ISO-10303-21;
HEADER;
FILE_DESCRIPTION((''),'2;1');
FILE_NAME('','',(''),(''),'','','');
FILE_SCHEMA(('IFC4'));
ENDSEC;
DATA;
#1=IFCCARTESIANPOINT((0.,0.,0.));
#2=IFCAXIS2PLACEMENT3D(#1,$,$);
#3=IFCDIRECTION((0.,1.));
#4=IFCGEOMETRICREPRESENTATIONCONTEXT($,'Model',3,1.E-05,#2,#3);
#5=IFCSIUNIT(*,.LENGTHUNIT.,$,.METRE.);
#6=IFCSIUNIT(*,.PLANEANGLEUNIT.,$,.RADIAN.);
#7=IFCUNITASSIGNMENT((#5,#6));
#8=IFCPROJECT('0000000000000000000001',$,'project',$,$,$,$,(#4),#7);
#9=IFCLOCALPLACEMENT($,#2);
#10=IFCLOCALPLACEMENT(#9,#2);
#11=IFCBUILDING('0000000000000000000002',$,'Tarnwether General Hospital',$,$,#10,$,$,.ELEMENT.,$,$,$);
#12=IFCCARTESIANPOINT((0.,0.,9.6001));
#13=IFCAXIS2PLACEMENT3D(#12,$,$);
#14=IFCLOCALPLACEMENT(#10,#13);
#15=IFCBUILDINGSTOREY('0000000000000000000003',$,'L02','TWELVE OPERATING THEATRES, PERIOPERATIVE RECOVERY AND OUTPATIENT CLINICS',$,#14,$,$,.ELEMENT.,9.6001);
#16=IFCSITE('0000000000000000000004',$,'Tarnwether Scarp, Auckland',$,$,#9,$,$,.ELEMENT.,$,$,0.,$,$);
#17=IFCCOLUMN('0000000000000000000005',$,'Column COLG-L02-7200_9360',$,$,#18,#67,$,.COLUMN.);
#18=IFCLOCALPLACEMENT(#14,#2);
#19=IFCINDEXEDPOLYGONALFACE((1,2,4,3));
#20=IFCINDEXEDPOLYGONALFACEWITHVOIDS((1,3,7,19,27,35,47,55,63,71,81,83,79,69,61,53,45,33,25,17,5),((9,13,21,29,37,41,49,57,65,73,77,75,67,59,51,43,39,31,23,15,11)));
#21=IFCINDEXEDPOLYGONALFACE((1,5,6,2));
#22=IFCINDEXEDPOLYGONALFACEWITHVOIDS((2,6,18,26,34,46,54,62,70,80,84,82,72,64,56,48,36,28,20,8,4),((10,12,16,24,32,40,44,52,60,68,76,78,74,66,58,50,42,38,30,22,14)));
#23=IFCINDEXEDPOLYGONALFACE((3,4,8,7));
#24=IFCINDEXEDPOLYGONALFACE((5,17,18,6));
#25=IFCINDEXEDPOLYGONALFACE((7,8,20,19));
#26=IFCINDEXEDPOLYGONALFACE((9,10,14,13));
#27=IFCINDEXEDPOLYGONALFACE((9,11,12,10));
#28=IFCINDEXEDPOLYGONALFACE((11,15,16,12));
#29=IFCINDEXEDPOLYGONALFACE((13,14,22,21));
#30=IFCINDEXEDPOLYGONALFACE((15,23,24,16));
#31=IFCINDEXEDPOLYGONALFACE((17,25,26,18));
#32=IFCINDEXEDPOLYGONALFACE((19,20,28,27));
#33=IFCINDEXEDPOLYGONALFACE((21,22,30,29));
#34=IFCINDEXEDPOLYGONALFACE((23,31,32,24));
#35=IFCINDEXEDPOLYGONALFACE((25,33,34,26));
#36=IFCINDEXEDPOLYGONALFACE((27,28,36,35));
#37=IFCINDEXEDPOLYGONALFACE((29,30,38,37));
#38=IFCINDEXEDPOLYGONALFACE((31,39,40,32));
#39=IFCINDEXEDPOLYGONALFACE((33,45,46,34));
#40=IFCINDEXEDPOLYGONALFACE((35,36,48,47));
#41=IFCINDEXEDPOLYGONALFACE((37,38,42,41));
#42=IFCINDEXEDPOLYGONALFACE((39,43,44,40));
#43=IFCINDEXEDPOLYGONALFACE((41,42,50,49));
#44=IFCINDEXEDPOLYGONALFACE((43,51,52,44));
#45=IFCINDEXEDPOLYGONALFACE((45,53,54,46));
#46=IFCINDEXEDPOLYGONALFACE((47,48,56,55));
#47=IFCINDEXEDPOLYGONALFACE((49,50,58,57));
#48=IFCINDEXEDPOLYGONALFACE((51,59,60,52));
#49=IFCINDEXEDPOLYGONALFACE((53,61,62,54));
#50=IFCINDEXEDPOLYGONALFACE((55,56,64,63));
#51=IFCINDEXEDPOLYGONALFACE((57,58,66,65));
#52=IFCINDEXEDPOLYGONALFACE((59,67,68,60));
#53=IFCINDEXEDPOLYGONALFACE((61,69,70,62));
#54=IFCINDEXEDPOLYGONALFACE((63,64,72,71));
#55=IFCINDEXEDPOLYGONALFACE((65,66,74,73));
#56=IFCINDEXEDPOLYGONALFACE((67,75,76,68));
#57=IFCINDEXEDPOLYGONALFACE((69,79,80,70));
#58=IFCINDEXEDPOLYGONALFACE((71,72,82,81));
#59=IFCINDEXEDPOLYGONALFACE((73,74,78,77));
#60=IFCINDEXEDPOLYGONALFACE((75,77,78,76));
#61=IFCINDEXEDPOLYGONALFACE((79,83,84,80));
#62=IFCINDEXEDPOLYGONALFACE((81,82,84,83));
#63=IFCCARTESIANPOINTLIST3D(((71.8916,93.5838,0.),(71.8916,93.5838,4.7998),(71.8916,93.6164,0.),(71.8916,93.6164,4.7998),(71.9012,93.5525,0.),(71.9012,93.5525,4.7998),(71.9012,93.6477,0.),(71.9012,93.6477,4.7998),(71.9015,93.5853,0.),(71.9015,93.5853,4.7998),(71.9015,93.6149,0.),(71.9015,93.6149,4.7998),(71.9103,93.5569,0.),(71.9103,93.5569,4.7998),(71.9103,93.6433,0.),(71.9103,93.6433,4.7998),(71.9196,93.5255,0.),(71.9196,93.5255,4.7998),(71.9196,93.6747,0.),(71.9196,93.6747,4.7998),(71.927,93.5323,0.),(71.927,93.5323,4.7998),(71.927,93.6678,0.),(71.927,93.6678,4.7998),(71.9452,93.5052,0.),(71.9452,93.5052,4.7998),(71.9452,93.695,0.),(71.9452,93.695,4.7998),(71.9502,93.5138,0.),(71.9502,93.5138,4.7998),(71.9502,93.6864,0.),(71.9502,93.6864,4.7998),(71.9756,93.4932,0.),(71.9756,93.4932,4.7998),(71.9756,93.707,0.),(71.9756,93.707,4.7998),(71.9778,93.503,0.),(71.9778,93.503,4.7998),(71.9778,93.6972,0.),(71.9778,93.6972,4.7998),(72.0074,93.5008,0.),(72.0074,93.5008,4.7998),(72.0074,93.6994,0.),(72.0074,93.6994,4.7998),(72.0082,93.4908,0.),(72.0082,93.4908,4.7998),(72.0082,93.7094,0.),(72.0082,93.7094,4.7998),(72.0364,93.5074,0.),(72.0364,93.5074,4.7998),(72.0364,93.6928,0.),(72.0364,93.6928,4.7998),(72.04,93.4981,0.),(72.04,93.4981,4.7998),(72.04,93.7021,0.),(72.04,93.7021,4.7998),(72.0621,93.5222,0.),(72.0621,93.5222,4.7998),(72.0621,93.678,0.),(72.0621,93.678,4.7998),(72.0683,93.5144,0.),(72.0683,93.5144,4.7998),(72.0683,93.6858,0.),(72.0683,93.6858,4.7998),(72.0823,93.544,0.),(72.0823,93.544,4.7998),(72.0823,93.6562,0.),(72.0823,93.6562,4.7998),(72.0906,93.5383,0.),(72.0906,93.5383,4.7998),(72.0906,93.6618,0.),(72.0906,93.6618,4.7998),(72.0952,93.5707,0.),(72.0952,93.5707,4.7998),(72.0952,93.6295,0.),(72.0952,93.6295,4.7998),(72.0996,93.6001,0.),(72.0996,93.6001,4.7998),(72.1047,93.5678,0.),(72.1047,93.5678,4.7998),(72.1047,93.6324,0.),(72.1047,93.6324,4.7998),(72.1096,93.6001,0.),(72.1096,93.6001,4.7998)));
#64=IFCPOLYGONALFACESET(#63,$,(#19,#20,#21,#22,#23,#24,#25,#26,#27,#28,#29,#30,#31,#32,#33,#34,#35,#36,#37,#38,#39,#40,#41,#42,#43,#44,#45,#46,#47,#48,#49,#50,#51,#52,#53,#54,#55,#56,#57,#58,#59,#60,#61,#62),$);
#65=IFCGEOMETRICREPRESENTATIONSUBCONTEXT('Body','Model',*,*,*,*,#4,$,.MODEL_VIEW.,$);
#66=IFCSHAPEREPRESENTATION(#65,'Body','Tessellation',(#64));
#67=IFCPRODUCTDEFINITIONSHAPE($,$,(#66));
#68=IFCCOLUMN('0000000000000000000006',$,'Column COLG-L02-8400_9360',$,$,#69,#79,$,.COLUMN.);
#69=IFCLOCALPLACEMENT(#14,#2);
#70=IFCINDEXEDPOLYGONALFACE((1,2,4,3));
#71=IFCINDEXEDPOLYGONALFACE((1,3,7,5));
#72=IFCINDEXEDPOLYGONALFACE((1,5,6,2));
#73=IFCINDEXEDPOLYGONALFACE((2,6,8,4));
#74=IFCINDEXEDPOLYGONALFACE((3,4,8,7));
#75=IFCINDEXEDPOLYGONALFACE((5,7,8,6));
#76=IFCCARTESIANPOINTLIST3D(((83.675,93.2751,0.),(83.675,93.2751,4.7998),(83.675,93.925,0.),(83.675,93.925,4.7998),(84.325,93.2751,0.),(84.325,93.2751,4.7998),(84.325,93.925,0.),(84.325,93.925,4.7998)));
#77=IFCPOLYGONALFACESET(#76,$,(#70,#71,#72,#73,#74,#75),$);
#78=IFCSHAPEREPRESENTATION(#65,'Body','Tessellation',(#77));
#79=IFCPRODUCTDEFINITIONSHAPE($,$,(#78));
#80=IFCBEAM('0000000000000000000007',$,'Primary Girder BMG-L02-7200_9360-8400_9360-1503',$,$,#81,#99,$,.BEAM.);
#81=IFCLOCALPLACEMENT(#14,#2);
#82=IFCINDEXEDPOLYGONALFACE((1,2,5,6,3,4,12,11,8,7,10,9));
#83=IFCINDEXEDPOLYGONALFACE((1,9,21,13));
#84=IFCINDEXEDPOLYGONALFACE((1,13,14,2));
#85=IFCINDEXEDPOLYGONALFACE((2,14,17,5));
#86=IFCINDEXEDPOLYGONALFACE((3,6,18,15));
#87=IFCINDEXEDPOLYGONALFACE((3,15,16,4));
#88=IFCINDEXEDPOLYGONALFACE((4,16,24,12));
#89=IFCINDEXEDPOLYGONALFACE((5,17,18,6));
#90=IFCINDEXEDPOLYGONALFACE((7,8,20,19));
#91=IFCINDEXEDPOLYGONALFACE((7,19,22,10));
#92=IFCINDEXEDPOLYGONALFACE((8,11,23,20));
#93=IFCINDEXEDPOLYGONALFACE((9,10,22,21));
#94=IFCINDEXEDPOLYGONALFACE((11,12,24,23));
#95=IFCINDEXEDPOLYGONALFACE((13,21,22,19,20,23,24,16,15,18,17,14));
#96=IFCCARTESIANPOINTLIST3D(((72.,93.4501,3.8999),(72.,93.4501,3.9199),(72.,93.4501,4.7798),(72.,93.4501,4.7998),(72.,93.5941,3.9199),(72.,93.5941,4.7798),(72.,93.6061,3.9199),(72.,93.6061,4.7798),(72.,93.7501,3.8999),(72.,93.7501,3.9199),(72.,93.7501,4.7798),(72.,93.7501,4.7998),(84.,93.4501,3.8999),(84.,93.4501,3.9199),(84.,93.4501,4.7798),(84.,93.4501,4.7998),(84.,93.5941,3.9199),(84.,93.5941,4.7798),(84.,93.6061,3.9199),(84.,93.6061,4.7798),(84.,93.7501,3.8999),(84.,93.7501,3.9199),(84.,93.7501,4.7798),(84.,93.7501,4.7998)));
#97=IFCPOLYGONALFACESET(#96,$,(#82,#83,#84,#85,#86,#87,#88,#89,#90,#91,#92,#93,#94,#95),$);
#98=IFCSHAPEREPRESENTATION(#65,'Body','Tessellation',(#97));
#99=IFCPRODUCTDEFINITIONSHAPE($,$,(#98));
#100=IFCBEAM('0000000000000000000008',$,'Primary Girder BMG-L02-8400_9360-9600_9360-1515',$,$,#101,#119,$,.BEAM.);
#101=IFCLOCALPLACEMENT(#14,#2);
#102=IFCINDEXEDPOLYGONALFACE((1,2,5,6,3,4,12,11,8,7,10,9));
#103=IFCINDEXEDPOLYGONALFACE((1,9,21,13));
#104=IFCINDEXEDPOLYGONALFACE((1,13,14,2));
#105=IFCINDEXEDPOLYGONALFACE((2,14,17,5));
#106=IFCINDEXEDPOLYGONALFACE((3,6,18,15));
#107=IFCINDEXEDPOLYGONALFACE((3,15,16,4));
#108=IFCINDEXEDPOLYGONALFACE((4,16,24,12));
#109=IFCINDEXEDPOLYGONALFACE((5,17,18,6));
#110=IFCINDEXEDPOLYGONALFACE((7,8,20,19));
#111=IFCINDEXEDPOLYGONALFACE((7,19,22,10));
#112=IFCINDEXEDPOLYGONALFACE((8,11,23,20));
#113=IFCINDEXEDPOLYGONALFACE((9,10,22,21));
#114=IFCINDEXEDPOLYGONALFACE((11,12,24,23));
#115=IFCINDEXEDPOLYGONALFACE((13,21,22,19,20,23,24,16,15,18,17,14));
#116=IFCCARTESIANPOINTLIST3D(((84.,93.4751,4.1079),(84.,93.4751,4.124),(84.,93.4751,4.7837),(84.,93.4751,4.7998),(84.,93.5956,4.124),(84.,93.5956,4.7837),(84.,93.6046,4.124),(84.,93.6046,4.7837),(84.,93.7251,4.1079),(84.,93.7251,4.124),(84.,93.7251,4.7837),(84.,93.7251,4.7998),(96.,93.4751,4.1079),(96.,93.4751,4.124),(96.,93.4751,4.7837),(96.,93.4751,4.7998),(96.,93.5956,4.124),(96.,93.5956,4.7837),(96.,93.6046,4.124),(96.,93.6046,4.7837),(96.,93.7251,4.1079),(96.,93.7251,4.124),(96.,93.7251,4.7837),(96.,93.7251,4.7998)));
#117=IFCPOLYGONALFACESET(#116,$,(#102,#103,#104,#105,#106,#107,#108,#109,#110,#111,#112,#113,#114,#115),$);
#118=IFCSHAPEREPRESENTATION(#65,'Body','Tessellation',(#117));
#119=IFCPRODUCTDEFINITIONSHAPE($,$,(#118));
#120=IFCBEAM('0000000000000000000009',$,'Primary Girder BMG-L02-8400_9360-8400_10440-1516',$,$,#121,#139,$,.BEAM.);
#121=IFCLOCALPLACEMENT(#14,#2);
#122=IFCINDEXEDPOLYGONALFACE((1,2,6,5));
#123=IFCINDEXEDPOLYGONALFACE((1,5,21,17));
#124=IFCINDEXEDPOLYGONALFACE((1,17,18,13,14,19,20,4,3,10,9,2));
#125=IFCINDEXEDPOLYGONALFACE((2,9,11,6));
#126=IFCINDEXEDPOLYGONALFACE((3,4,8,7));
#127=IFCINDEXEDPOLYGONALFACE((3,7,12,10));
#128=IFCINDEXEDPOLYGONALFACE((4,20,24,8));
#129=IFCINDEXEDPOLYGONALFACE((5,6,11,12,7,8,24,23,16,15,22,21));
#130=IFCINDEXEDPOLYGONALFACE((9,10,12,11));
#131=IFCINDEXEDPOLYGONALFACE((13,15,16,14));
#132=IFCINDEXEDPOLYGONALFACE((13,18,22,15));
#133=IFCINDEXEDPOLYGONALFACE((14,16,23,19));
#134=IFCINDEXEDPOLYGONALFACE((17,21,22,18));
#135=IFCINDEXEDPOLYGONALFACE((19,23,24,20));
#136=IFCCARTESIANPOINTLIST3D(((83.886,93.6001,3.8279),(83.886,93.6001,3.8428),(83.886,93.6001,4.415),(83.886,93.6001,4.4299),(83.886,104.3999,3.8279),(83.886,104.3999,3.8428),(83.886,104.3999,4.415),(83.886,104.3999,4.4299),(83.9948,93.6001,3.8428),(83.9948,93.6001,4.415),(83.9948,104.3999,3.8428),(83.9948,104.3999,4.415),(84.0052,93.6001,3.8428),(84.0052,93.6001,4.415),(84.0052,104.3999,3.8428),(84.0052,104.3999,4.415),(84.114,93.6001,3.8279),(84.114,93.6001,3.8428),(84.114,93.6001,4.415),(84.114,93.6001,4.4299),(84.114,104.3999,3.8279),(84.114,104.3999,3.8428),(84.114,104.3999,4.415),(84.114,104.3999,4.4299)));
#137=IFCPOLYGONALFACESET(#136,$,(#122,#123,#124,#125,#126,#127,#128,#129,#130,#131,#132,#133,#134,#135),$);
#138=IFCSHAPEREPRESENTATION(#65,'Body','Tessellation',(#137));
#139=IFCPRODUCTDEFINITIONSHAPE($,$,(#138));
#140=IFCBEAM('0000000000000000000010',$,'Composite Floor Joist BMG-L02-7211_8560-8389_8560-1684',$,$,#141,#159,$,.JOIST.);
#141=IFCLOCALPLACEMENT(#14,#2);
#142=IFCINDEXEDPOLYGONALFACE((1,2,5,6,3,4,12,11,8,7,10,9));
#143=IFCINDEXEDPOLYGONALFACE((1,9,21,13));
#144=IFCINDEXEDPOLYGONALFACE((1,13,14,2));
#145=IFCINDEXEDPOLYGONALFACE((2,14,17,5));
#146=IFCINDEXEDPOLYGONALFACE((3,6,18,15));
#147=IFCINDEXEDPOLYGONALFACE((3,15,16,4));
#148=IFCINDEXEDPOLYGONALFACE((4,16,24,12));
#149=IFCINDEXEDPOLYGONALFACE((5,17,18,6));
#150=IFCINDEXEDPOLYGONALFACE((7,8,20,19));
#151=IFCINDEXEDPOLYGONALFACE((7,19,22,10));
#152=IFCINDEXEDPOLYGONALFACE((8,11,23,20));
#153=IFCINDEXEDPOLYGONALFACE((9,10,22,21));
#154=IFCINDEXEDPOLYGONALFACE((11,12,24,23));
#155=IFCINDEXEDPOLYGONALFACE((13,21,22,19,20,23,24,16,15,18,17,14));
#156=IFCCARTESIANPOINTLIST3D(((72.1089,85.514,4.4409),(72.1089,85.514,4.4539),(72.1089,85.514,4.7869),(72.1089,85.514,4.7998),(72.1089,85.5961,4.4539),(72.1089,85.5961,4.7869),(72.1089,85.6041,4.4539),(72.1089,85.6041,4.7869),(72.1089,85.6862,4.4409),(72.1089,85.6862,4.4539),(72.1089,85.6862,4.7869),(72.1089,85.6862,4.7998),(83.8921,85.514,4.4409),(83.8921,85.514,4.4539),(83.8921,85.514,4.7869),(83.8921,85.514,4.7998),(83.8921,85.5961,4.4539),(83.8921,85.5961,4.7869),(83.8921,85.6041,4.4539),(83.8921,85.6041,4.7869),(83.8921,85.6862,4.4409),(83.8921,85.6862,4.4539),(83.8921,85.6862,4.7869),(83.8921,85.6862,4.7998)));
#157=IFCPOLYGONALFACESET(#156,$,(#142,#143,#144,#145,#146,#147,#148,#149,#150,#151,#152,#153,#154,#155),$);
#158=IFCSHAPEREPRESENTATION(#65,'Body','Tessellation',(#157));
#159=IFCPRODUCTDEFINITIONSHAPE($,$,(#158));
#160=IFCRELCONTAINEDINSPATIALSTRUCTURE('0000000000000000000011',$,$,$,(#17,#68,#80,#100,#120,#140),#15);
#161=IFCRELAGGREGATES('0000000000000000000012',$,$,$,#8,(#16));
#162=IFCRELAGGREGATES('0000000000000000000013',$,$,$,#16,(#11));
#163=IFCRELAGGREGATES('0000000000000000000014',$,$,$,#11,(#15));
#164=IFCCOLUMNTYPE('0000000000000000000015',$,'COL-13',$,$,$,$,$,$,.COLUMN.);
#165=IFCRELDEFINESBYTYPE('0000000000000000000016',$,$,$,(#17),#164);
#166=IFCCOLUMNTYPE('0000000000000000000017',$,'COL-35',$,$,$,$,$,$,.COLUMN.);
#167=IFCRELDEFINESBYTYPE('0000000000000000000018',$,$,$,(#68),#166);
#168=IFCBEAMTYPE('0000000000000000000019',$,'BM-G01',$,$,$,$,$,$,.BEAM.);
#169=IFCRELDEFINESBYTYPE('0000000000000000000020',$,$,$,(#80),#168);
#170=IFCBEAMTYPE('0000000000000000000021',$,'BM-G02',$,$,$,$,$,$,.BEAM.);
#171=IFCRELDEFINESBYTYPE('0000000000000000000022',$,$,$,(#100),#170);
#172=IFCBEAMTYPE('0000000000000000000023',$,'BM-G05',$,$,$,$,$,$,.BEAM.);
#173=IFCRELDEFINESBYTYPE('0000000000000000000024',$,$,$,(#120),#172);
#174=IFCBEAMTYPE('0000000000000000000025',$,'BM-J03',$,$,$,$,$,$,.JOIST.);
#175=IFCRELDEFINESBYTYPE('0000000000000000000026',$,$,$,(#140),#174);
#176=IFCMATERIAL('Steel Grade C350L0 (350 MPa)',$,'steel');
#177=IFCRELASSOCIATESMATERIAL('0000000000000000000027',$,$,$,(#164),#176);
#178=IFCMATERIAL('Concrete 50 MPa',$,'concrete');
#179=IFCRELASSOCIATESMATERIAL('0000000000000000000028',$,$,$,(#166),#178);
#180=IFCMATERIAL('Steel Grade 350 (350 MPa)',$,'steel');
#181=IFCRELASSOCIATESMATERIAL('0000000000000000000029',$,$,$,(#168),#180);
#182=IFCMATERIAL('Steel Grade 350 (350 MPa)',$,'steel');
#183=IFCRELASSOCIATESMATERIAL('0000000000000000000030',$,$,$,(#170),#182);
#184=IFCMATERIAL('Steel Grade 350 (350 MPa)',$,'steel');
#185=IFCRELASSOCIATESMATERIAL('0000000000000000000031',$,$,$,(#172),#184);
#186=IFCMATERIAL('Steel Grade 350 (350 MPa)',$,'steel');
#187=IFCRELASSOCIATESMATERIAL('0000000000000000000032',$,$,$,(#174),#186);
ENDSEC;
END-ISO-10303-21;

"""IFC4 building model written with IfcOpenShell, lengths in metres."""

from ifc_helpers import new_model, si_unit, direction, frame, origin, origin_2d, place, context, subcontext, project, spatial, rectangle, hollow_circle, i_section, extrude, material, material_profile, profile_set, type_object, element, save


model = new_model("IFC4")

# Units and contexts
model_context = context("Model", 3, precision=1e-05, world=origin(), true_north=direction((0.0, 1.0)))
body_context = subcontext(model_context, "Body", "Model", "MODEL_VIEW")
ifc_project = project(units=[si_unit("LENGTHUNIT", "METRE"), si_unit("PLANEANGLEUNIT", "RADIAN")], contexts=[model_context])

# Site, building, storey
site_placement = place(None, origin())
site = spatial("IfcSite", under=ifc_project, at=site_placement, Name="Tarnwether Scarp, Auckland", CompositionType="ELEMENT", RefElevation=0.0)
building_placement = place(site_placement, origin())
building = spatial("IfcBuilding", under=site, at=building_placement, Name="Tarnwether General Hospital", CompositionType="ELEMENT")
storey_placement = place(building_placement, frame((0.0, 0.0, 9.6001)))
storey = spatial("IfcBuildingStorey", under=building, at=storey_placement, Name="L02", Description="TWELVE OPERATING THEATRES, PERIOPERATIVE RECOVERY AND OUTPATIENT CLINICS", CompositionType="ELEMENT", Elevation=9.6001)

# Columns
ifc_material_1 = material(Name="Steel Grade C350L0 (350 MPa)", Category="steel")
ifc_material_profile_1 = material_profile(ifc_material_1, hollow_circle(Radius=0.1096, WallThickness=0.01, at=origin_2d()), Name="CHS219.1x10.0")
ifc_profile_set_1 = profile_set([ifc_material_profile_1], Name="Steel Grade C350L0 (350 MPa)")
column_type_1 = type_object("IfcColumnType", Name="COL-13", PredefinedType="COLUMN", material=ifc_profile_set_1)
column_1_placement = place(storey_placement, frame((72.0, 93.6001, 0.0), z_axis=(0.0, 0.0, 1.0), x_axis=(1.0, 0.0, 0.0)))
element("IfcColumn", 1, at=column_1_placement, inside=storey, type_object=column_type_1, Name="Column COLG-L02-7200_9360", PredefinedType="COLUMN", context=body_context, shape_type="SweptSolid", body=[
    extrude(hollow_circle(Radius=0.1096, WallThickness=0.01, at=origin_2d()), origin(), (0.0, 0.0, 1.0), 4.7998),
])
ifc_material_2 = material(Name="Concrete 50 MPa", Category="concrete")
ifc_material_profile_2 = material_profile(ifc_material_2, rectangle(XDim=0.6499, YDim=0.6499, at=origin_2d()), Name="RC-COL-650x650")
ifc_profile_set_2 = profile_set([ifc_material_profile_2], Name="Concrete 50 MPa")
column_type_2 = type_object("IfcColumnType", Name="COL-35", PredefinedType="COLUMN", material=ifc_profile_set_2)
column_2_placement = place(storey_placement, frame((84.0, 93.6001, 0.0), z_axis=(0.0, 0.0, 1.0), x_axis=(0.0, 1.0, 0.0)))
element("IfcColumn", 2, at=column_2_placement, inside=storey, type_object=column_type_2, Name="Column COLG-L02-8400_9360", PredefinedType="COLUMN", context=body_context, shape_type="SweptSolid", body=[
    extrude(rectangle(XDim=0.6499, YDim=0.6499, at=origin_2d()), origin(), (0.0, 0.0, 1.0), 4.7998),
])

# Beams
ifc_material_3 = material(Name="Steel Grade 350 (350 MPa)", Category="steel")
ifc_material_profile_3 = material_profile(ifc_material_3, i_section(OverallWidth=0.3, OverallDepth=0.8999, WebThickness=0.012, FlangeThickness=0.02, at=origin_2d()), Name="900WB175")
ifc_profile_set_3 = profile_set([ifc_material_profile_3], Name="Steel Grade 350 (350 MPa)")
beam_type_1 = type_object("IfcBeamType", Name="BM-G01", PredefinedType="BEAM", material=ifc_profile_set_3)
beam_1_placement = place(storey_placement, frame((72.0, 93.6001, 4.3499), z_axis=(1.0, 0.0, 0.0), x_axis=(0.0, 1.0, 0.0)))
element("IfcBeam", 3, at=beam_1_placement, inside=storey, type_object=beam_type_1, Name="Primary Girder BMG-L02-7200_9360-8400_9360-1503", PredefinedType="BEAM", context=body_context, shape_type="SweptSolid", body=[
    extrude(i_section(OverallWidth=0.3, OverallDepth=0.8999, WebThickness=0.012, FlangeThickness=0.02, at=origin_2d()), origin(), (0.0, 0.0, 1.0), 12.0),
])
ifc_material_4 = material(Name="Steel Grade 350 (350 MPa)", Category="steel")
ifc_material_profile_4 = material_profile(ifc_material_4, i_section(OverallWidth=0.25, OverallDepth=0.6919, WebThickness=0.009, FlangeThickness=0.0161, at=origin_2d()), Name="700WB115")
ifc_profile_set_4 = profile_set([ifc_material_profile_4], Name="Steel Grade 350 (350 MPa)")
beam_type_2 = type_object("IfcBeamType", Name="BM-G02", PredefinedType="BEAM", material=ifc_profile_set_4)
beam_2_placement = place(storey_placement, frame((84.0, 93.6001, 4.4539), z_axis=(1.0, 0.0, 0.0), x_axis=(0.0, 1.0, 0.0)))
element("IfcBeam", 4, at=beam_2_placement, inside=storey, type_object=beam_type_2, Name="Primary Girder BMG-L02-8400_9360-9600_9360-1515", PredefinedType="BEAM", context=body_context, shape_type="SweptSolid", body=[
    extrude(i_section(OverallWidth=0.25, OverallDepth=0.6919, WebThickness=0.009, FlangeThickness=0.0161, at=origin_2d()), origin(), (0.0, 0.0, 1.0), 12.0),
])
ifc_material_5 = material(Name="Steel Grade 350 (350 MPa)", Category="steel")
ifc_material_profile_5 = material_profile(ifc_material_5, i_section(OverallWidth=0.228, OverallDepth=0.6021, WebThickness=0.0105, FlangeThickness=0.0149, at=origin_2d()), Name="610UB101")
ifc_profile_set_5 = profile_set([ifc_material_profile_5], Name="Steel Grade 350 (350 MPa)")
beam_type_3 = type_object("IfcBeamType", Name="BM-G05", PredefinedType="BEAM", material=ifc_profile_set_5)
beam_3_placement = place(storey_placement, frame((84.0, 93.6001, 4.1289), z_axis=(0.0, 1.0, 0.0), x_axis=(-1.0, 0.0, 0.0)))
element("IfcBeam", 5, at=beam_3_placement, inside=storey, type_object=beam_type_3, Name="Primary Girder BMG-L02-8400_9360-8400_10440-1516", PredefinedType="BEAM", context=body_context, shape_type="SweptSolid", body=[
    extrude(i_section(OverallWidth=0.228, OverallDepth=0.6021, WebThickness=0.0105, FlangeThickness=0.0149, at=origin_2d()), origin(), (0.0, 0.0, 1.0), 10.7998),
])
ifc_material_6 = material(Name="Steel Grade 350 (350 MPa)", Category="steel")
ifc_material_profile_6 = material_profile(ifc_material_6, i_section(OverallWidth=0.1721, OverallDepth=0.3589, WebThickness=0.0081, FlangeThickness=0.0129, at=origin_2d()), Name="360UB56.7")
ifc_profile_set_6 = profile_set([ifc_material_profile_6], Name="Steel Grade 350 (350 MPa)")
beam_type_4 = type_object("IfcBeamType", Name="BM-J03", PredefinedType="JOIST", material=ifc_profile_set_6)
beam_4_placement = place(storey_placement, frame((72.1089, 85.6001, 4.6204), z_axis=(1.0, 0.0, 0.0), x_axis=(0.0, 1.0, 0.0)))
element("IfcBeam", 6, at=beam_4_placement, inside=storey, type_object=beam_type_4, Name="Composite Floor Joist BMG-L02-7211_8560-8389_8560-1684", PredefinedType="JOIST", context=body_context, shape_type="SweptSolid", body=[
    extrude(i_section(OverallWidth=0.1721, OverallDepth=0.3589, WebThickness=0.0081, FlangeThickness=0.0129, at=origin_2d()), origin(), (0.0, 0.0, 1.0), 11.7832),
])

save(model, "model.ifc")
